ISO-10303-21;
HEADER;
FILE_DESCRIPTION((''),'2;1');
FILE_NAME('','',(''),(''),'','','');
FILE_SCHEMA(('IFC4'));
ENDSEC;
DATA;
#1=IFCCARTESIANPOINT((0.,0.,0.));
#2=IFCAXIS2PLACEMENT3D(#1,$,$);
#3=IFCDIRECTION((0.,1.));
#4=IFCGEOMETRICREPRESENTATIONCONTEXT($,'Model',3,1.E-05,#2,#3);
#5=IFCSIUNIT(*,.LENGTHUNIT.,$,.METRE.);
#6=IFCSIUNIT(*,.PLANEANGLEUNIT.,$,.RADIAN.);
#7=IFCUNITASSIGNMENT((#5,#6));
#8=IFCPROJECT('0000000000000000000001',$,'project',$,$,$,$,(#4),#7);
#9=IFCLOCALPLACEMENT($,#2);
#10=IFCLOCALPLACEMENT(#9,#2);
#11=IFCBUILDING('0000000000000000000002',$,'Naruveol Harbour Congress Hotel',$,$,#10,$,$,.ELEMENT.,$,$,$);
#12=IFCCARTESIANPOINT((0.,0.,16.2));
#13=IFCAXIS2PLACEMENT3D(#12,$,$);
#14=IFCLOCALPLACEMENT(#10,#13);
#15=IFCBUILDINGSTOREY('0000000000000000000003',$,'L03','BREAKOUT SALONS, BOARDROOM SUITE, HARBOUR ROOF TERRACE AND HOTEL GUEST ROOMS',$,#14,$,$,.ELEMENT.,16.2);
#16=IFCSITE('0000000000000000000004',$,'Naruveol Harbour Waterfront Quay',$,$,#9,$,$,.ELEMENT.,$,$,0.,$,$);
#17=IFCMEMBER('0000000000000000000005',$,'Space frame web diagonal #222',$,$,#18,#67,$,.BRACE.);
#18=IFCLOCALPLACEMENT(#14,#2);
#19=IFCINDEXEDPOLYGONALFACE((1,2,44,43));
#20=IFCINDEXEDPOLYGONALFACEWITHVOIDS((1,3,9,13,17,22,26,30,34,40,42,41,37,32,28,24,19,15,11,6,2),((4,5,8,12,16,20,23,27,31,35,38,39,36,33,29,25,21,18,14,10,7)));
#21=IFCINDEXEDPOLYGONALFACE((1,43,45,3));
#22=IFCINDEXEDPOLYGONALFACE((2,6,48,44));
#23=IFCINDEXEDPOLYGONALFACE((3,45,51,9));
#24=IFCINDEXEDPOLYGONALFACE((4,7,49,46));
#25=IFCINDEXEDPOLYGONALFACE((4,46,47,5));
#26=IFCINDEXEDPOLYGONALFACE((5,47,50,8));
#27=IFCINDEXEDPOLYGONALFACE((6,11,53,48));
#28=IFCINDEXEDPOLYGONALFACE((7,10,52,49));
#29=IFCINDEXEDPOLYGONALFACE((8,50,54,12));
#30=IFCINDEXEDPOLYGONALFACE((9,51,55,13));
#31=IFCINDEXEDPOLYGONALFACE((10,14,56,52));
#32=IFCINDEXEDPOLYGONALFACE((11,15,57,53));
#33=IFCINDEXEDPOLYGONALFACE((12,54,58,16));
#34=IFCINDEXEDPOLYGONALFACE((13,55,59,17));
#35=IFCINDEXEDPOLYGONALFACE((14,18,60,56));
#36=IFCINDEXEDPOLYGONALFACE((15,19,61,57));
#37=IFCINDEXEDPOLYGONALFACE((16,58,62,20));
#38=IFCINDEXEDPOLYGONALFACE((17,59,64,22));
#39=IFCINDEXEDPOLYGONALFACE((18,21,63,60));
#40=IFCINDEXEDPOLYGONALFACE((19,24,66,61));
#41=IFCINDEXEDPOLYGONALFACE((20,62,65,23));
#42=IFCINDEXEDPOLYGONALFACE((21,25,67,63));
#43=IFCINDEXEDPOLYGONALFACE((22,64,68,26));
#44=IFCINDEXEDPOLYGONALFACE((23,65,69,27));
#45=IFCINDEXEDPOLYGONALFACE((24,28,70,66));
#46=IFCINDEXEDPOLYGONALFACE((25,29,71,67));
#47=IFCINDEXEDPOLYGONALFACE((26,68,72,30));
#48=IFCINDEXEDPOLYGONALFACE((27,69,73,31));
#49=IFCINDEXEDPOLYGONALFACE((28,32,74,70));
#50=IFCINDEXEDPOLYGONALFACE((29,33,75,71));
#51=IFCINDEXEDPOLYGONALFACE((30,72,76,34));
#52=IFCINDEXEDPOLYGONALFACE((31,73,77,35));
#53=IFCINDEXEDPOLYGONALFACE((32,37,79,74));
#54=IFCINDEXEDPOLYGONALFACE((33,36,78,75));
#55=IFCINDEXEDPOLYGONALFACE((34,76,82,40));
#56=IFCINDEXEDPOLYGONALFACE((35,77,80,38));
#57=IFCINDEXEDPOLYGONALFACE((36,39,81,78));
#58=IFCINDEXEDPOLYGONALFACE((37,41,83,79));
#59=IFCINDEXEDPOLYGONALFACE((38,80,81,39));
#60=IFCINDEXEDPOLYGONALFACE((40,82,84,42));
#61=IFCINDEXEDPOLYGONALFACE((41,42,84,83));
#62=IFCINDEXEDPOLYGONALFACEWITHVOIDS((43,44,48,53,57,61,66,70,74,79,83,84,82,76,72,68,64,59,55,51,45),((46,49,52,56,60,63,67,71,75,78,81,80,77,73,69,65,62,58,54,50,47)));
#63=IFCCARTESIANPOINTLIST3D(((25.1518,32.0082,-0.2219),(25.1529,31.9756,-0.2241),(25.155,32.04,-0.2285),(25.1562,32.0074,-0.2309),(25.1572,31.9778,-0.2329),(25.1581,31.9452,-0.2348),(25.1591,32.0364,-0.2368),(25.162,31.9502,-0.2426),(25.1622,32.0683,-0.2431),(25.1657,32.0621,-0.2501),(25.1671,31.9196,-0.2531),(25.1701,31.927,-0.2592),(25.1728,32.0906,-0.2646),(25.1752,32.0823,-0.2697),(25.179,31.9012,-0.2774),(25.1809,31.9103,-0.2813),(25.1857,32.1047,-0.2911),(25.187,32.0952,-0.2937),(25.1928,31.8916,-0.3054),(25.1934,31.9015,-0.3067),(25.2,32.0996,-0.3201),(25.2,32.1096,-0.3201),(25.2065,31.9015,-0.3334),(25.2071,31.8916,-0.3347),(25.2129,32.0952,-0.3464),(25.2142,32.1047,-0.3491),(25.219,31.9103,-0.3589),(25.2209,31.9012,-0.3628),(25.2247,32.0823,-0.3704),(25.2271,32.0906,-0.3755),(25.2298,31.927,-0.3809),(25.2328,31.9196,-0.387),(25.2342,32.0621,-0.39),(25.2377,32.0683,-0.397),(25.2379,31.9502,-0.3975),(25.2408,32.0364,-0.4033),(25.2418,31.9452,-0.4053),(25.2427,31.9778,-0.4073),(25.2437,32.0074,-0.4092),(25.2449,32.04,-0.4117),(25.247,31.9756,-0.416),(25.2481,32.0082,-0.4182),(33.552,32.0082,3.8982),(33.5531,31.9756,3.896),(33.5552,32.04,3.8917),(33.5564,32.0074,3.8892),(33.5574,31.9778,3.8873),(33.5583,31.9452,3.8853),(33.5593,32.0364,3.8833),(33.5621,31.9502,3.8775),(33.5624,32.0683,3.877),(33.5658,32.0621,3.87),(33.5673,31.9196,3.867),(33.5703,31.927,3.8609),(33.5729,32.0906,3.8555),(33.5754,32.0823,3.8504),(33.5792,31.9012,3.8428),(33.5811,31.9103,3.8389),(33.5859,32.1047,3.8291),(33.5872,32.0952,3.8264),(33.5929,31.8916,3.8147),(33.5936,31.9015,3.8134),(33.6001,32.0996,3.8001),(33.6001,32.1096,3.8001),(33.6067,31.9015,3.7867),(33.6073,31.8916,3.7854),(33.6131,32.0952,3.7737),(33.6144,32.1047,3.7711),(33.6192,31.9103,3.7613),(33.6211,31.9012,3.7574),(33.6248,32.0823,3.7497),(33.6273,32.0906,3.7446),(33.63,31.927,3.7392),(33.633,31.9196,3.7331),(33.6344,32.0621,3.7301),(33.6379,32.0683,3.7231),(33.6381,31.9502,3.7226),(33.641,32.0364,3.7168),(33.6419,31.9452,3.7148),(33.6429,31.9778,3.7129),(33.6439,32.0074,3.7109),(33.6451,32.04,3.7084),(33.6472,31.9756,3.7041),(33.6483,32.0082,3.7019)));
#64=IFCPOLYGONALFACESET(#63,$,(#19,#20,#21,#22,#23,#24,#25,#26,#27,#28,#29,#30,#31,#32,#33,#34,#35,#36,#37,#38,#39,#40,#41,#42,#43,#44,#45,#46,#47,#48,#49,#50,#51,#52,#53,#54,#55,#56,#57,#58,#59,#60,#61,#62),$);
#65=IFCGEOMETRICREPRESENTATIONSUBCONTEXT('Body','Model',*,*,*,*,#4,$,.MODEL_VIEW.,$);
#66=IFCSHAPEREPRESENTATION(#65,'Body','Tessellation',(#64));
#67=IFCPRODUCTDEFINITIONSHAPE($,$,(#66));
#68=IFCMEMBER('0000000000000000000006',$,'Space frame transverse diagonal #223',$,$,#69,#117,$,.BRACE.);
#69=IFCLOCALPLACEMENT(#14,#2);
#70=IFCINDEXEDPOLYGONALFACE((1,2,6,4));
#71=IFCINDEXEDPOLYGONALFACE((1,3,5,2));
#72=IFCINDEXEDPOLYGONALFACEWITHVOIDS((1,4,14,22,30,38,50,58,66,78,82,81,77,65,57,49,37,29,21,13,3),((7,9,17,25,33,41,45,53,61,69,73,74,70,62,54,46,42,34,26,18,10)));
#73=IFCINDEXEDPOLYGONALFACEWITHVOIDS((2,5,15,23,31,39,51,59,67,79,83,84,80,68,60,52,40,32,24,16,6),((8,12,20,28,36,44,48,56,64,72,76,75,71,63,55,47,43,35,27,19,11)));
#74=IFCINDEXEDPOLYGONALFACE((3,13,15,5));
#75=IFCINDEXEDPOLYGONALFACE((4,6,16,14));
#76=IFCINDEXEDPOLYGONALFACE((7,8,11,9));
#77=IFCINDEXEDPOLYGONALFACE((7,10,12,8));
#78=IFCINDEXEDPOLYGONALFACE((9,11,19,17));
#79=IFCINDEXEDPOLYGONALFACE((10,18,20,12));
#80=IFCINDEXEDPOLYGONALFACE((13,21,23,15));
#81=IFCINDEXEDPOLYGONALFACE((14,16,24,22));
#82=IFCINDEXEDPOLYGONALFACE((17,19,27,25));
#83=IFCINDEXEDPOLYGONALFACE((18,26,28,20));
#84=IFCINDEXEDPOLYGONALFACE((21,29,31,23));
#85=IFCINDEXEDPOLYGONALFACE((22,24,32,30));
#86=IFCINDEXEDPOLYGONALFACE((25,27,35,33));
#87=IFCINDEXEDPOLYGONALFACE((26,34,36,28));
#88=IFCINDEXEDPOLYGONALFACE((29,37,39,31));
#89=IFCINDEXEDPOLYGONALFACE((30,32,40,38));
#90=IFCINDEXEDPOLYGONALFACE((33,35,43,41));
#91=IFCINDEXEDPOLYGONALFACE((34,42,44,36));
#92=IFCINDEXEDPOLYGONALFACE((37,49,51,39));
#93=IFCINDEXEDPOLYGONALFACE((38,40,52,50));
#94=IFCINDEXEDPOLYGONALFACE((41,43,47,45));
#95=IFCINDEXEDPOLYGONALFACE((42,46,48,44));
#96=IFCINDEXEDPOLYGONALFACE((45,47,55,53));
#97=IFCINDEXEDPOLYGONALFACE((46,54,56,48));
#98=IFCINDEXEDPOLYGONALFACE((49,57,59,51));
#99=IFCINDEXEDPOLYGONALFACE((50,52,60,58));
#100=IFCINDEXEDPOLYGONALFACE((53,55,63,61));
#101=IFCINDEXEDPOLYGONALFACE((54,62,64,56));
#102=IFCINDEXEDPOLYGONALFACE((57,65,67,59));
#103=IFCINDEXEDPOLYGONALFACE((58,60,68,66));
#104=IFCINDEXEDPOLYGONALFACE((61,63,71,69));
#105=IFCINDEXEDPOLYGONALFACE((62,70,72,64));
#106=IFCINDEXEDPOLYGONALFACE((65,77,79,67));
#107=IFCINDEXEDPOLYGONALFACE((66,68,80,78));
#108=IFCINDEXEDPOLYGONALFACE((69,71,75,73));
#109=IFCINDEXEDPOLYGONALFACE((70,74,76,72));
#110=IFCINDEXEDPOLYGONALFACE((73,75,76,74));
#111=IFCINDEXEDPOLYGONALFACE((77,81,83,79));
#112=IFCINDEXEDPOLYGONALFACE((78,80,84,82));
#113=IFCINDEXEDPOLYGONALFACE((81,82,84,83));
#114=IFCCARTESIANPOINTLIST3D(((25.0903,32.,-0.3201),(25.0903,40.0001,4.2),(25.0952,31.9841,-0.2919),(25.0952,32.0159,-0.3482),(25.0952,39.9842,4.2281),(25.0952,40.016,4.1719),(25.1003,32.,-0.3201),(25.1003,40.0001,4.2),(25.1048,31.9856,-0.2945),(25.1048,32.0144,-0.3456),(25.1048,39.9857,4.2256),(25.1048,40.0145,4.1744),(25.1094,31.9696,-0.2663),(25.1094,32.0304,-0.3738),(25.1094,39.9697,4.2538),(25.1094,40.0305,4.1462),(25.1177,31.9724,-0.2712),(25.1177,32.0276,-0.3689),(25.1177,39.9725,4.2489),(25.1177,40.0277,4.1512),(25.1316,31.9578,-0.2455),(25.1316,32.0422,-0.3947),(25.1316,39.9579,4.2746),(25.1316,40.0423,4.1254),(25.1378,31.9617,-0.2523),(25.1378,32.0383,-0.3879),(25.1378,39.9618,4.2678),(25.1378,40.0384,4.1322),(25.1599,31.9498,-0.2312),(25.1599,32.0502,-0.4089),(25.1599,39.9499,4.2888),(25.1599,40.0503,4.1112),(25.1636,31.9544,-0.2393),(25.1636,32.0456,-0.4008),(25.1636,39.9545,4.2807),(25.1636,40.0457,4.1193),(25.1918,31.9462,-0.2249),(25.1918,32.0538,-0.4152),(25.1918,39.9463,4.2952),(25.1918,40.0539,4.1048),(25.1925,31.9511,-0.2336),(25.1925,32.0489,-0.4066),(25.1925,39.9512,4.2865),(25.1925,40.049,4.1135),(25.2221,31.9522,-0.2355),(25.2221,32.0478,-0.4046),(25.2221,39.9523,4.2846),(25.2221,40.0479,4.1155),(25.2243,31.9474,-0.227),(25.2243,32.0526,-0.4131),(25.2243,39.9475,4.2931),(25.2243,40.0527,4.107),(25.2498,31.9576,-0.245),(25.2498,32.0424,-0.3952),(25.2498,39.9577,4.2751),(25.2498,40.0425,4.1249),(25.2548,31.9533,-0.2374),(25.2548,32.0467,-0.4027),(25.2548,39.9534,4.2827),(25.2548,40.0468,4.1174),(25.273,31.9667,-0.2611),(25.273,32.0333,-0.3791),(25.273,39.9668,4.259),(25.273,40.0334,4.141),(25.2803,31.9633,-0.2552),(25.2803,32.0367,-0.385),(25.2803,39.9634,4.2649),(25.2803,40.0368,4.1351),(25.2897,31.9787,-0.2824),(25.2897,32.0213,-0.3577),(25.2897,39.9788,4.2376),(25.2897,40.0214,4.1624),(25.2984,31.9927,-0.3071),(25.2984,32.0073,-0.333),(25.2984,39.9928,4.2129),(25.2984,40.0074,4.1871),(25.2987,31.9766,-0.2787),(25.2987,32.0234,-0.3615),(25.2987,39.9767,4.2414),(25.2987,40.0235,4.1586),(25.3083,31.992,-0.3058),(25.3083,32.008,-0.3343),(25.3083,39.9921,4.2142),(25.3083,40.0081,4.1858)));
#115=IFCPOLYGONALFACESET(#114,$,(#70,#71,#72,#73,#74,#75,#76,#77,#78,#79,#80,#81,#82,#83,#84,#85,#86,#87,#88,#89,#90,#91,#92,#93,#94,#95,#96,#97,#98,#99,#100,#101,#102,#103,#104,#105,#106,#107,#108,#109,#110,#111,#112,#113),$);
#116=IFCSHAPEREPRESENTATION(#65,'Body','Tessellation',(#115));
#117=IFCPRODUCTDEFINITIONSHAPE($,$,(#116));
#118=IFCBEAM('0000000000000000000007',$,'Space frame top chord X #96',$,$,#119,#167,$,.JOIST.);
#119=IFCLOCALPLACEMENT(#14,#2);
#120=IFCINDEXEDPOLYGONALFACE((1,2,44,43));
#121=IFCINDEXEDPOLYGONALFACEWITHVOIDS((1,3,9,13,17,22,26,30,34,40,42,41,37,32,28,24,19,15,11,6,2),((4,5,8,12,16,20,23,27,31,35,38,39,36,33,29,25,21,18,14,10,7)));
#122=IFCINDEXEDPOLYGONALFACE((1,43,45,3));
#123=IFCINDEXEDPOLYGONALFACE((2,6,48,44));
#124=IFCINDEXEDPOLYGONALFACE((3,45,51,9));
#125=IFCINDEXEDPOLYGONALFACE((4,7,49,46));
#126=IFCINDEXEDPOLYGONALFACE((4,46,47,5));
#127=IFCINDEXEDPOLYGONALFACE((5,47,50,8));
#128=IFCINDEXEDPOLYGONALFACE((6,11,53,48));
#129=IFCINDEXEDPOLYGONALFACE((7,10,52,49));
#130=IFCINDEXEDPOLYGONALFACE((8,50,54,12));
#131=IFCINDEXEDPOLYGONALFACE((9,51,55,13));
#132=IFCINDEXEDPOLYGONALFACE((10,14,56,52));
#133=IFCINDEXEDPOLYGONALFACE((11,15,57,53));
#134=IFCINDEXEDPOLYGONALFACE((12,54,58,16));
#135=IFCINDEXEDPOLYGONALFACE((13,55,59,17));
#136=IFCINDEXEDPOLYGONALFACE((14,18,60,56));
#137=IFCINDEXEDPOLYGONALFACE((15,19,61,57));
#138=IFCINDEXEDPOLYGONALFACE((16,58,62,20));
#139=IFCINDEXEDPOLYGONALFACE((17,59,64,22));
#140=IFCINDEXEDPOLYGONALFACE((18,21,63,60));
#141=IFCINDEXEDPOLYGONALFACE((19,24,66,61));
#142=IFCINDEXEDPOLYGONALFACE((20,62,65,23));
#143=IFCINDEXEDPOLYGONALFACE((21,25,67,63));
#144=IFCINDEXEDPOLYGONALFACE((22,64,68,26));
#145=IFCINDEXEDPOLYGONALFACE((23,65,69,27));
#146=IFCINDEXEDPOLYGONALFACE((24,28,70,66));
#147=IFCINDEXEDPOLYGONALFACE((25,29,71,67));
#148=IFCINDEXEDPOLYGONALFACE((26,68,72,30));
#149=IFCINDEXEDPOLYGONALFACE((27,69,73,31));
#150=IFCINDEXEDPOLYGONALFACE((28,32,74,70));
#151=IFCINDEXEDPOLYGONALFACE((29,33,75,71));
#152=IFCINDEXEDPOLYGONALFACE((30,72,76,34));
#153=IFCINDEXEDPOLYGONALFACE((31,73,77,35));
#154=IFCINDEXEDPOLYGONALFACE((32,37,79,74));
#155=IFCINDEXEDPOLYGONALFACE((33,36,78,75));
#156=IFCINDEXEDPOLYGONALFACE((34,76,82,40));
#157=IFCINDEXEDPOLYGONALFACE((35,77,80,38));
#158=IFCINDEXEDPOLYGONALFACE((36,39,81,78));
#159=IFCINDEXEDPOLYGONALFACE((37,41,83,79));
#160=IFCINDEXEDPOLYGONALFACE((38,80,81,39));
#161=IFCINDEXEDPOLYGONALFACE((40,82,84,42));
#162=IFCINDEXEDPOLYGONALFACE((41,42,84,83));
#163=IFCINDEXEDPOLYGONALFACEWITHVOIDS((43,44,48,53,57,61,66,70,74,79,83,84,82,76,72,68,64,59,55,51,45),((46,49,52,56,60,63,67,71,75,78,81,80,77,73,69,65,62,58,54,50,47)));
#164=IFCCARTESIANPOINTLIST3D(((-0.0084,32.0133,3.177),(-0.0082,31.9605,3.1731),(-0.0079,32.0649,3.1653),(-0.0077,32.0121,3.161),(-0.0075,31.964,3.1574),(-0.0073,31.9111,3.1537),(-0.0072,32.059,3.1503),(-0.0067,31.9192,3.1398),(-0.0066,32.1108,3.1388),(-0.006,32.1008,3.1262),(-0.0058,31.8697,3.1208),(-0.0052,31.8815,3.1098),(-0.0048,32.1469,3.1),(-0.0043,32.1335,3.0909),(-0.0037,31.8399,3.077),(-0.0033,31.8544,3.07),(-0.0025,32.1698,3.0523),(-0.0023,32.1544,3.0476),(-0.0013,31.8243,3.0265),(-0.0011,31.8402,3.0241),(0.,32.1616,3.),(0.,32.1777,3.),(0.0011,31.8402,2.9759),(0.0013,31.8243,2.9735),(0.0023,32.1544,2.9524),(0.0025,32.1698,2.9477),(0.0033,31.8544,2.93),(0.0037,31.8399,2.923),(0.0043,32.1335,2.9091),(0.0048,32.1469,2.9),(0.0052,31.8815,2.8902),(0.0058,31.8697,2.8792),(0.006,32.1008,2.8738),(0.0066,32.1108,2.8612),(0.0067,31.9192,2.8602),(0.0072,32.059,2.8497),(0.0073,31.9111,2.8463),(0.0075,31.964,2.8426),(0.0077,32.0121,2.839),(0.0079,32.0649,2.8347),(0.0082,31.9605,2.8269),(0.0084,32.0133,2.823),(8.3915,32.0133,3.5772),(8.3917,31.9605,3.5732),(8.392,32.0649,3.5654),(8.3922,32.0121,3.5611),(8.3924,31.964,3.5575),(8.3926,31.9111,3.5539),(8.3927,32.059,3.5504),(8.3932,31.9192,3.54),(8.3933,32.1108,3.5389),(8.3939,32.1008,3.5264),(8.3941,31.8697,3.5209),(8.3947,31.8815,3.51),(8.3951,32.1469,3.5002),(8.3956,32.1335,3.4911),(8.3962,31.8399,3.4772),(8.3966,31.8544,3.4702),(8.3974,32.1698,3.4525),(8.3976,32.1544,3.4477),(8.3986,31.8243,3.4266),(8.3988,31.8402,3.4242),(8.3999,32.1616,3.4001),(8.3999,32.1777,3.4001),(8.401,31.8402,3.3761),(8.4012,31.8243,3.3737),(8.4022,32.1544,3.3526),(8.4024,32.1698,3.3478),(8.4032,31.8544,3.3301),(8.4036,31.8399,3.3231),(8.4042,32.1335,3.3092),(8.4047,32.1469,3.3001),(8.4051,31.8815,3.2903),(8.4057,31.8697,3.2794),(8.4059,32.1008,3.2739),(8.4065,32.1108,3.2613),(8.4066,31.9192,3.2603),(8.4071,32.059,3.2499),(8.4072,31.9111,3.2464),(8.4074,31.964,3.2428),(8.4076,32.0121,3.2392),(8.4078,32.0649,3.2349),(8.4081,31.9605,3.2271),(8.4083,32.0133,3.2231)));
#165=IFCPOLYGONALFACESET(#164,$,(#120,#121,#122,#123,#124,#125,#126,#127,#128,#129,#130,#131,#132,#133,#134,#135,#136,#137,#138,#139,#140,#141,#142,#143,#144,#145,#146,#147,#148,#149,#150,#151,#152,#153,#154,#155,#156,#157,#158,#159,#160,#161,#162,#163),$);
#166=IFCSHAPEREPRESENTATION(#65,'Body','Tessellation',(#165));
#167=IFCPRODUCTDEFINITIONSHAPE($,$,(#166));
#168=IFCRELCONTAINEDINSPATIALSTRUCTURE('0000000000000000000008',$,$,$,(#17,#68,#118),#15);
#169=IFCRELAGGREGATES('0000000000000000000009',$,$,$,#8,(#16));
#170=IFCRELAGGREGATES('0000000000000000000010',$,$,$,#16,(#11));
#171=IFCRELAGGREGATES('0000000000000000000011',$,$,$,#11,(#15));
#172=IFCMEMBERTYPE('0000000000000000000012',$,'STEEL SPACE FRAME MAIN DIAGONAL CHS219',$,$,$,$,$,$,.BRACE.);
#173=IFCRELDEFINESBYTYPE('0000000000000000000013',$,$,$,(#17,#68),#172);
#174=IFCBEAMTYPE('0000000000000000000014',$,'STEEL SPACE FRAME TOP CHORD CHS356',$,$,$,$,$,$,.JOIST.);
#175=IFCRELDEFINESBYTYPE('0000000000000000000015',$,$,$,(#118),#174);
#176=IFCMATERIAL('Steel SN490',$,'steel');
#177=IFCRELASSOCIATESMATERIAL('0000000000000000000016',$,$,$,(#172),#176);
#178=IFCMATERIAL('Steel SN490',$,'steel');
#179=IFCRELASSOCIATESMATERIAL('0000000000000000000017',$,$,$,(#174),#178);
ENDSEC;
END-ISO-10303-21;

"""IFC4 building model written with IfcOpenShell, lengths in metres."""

from ifc_helpers import new_model, si_unit, direction, frame, origin, origin_2d, place, context, subcontext, project, spatial, hollow_circle, extrude, material, material_profile, profile_set, type_object, element, save


model = new_model("IFC4")

# Units and contexts
model_context = context("Model", 3, precision=1e-05, world=origin(), true_north=direction((0.0, 1.0)))
body_context = subcontext(model_context, "Body", "Model", "MODEL_VIEW")
ifc_project = project(units=[si_unit("LENGTHUNIT", "METRE"), si_unit("PLANEANGLEUNIT", "RADIAN")], contexts=[model_context])

# Site, building, storey
site_placement = place(None, origin())
site = spatial("IfcSite", under=ifc_project, at=site_placement, Name="Naruveol Harbour Waterfront Quay", CompositionType="ELEMENT", RefElevation=0.0)
building_placement = place(site_placement, origin())
building = spatial("IfcBuilding", under=site, at=building_placement, Name="Naruveol Harbour Congress Hotel", CompositionType="ELEMENT")
storey_placement = place(building_placement, frame((0.0, 0.0, 16.2)))
storey = spatial("IfcBuildingStorey", under=building, at=storey_placement, Name="L03", Description="BREAKOUT SALONS, BOARDROOM SUITE, HARBOUR ROOF TERRACE AND HOTEL GUEST ROOMS", CompositionType="ELEMENT", Elevation=16.2)

# Members
ifc_material_1 = material(Name="Steel SN490", Category="steel")
ifc_material_profile_1 = material_profile(ifc_material_1, hollow_circle(Radius=0.1096, WallThickness=0.01, at=origin_2d()), Name="CHS-219.1x10")
ifc_profile_set_1 = profile_set([ifc_material_profile_1], Name="Steel SN490")
member_type_1 = type_object("IfcMemberType", Name="STEEL SPACE FRAME MAIN DIAGONAL CHS219", PredefinedType="BRACE", material=ifc_profile_set_1)
member_1_placement = place(storey_placement, frame((25.2, 32.0, -0.3201), z_axis=(0.897819, 0.0, 0.440364), x_axis=(0.0, 1.0, 0.0)))
element("IfcMember", 1, at=member_1_placement, inside=storey, type_object=member_type_1, Name="Space frame web diagonal #222", PredefinedType="BRACE", context=body_context, shape_type="SweptSolid", body=[
    extrude(hollow_circle(Radius=0.1096, WallThickness=0.01, at=origin_2d()), origin(), (0.0, 0.0, 1.0), 9.3562),
])
member_2_placement = place(storey_placement, frame((25.2, 32.0, -0.3201), z_axis=(0.0, 0.870643, 0.491915), x_axis=(-1.0, 0.0, 0.0)))
element("IfcMember", 2, at=member_2_placement, inside=storey, type_object=member_type_1, Name="Space frame transverse diagonal #223", PredefinedType="BRACE", context=body_context, shape_type="SweptSolid", body=[
    extrude(hollow_circle(Radius=0.1096, WallThickness=0.01, at=origin_2d()), origin(), (0.0, 0.0, 1.0), 9.1887),
])

# Beam
ifc_material_2 = material(Name="Steel SN490", Category="steel")
ifc_material_profile_2 = material_profile(ifc_material_2, hollow_circle(Radius=0.1777, WallThickness=0.0161, at=origin_2d()), Name="CHS-355.6x16")
ifc_profile_set_2 = profile_set([ifc_material_profile_2], Name="Steel SN490")
beam_type_1 = type_object("IfcBeamType", Name="STEEL SPACE FRAME TOP CHORD CHS356", PredefinedType="JOIST", material=ifc_profile_set_2)
beam_1_placement = place(storey_placement, frame((0.0, 32.0, 3.0), z_axis=(0.998867, 0.0, 0.047583), x_axis=(0.0, 1.0, 0.0)))
element("IfcBeam", 3, at=beam_1_placement, inside=storey, type_object=beam_type_1, Name="Space frame top chord X #96", PredefinedType="JOIST", context=body_context, shape_type="SweptSolid", body=[
    extrude(hollow_circle(Radius=0.1777, WallThickness=0.0161, at=origin_2d()), origin(), (0.0, 0.0, 1.0), 8.4094),
])

save(model, "model.ifc")
